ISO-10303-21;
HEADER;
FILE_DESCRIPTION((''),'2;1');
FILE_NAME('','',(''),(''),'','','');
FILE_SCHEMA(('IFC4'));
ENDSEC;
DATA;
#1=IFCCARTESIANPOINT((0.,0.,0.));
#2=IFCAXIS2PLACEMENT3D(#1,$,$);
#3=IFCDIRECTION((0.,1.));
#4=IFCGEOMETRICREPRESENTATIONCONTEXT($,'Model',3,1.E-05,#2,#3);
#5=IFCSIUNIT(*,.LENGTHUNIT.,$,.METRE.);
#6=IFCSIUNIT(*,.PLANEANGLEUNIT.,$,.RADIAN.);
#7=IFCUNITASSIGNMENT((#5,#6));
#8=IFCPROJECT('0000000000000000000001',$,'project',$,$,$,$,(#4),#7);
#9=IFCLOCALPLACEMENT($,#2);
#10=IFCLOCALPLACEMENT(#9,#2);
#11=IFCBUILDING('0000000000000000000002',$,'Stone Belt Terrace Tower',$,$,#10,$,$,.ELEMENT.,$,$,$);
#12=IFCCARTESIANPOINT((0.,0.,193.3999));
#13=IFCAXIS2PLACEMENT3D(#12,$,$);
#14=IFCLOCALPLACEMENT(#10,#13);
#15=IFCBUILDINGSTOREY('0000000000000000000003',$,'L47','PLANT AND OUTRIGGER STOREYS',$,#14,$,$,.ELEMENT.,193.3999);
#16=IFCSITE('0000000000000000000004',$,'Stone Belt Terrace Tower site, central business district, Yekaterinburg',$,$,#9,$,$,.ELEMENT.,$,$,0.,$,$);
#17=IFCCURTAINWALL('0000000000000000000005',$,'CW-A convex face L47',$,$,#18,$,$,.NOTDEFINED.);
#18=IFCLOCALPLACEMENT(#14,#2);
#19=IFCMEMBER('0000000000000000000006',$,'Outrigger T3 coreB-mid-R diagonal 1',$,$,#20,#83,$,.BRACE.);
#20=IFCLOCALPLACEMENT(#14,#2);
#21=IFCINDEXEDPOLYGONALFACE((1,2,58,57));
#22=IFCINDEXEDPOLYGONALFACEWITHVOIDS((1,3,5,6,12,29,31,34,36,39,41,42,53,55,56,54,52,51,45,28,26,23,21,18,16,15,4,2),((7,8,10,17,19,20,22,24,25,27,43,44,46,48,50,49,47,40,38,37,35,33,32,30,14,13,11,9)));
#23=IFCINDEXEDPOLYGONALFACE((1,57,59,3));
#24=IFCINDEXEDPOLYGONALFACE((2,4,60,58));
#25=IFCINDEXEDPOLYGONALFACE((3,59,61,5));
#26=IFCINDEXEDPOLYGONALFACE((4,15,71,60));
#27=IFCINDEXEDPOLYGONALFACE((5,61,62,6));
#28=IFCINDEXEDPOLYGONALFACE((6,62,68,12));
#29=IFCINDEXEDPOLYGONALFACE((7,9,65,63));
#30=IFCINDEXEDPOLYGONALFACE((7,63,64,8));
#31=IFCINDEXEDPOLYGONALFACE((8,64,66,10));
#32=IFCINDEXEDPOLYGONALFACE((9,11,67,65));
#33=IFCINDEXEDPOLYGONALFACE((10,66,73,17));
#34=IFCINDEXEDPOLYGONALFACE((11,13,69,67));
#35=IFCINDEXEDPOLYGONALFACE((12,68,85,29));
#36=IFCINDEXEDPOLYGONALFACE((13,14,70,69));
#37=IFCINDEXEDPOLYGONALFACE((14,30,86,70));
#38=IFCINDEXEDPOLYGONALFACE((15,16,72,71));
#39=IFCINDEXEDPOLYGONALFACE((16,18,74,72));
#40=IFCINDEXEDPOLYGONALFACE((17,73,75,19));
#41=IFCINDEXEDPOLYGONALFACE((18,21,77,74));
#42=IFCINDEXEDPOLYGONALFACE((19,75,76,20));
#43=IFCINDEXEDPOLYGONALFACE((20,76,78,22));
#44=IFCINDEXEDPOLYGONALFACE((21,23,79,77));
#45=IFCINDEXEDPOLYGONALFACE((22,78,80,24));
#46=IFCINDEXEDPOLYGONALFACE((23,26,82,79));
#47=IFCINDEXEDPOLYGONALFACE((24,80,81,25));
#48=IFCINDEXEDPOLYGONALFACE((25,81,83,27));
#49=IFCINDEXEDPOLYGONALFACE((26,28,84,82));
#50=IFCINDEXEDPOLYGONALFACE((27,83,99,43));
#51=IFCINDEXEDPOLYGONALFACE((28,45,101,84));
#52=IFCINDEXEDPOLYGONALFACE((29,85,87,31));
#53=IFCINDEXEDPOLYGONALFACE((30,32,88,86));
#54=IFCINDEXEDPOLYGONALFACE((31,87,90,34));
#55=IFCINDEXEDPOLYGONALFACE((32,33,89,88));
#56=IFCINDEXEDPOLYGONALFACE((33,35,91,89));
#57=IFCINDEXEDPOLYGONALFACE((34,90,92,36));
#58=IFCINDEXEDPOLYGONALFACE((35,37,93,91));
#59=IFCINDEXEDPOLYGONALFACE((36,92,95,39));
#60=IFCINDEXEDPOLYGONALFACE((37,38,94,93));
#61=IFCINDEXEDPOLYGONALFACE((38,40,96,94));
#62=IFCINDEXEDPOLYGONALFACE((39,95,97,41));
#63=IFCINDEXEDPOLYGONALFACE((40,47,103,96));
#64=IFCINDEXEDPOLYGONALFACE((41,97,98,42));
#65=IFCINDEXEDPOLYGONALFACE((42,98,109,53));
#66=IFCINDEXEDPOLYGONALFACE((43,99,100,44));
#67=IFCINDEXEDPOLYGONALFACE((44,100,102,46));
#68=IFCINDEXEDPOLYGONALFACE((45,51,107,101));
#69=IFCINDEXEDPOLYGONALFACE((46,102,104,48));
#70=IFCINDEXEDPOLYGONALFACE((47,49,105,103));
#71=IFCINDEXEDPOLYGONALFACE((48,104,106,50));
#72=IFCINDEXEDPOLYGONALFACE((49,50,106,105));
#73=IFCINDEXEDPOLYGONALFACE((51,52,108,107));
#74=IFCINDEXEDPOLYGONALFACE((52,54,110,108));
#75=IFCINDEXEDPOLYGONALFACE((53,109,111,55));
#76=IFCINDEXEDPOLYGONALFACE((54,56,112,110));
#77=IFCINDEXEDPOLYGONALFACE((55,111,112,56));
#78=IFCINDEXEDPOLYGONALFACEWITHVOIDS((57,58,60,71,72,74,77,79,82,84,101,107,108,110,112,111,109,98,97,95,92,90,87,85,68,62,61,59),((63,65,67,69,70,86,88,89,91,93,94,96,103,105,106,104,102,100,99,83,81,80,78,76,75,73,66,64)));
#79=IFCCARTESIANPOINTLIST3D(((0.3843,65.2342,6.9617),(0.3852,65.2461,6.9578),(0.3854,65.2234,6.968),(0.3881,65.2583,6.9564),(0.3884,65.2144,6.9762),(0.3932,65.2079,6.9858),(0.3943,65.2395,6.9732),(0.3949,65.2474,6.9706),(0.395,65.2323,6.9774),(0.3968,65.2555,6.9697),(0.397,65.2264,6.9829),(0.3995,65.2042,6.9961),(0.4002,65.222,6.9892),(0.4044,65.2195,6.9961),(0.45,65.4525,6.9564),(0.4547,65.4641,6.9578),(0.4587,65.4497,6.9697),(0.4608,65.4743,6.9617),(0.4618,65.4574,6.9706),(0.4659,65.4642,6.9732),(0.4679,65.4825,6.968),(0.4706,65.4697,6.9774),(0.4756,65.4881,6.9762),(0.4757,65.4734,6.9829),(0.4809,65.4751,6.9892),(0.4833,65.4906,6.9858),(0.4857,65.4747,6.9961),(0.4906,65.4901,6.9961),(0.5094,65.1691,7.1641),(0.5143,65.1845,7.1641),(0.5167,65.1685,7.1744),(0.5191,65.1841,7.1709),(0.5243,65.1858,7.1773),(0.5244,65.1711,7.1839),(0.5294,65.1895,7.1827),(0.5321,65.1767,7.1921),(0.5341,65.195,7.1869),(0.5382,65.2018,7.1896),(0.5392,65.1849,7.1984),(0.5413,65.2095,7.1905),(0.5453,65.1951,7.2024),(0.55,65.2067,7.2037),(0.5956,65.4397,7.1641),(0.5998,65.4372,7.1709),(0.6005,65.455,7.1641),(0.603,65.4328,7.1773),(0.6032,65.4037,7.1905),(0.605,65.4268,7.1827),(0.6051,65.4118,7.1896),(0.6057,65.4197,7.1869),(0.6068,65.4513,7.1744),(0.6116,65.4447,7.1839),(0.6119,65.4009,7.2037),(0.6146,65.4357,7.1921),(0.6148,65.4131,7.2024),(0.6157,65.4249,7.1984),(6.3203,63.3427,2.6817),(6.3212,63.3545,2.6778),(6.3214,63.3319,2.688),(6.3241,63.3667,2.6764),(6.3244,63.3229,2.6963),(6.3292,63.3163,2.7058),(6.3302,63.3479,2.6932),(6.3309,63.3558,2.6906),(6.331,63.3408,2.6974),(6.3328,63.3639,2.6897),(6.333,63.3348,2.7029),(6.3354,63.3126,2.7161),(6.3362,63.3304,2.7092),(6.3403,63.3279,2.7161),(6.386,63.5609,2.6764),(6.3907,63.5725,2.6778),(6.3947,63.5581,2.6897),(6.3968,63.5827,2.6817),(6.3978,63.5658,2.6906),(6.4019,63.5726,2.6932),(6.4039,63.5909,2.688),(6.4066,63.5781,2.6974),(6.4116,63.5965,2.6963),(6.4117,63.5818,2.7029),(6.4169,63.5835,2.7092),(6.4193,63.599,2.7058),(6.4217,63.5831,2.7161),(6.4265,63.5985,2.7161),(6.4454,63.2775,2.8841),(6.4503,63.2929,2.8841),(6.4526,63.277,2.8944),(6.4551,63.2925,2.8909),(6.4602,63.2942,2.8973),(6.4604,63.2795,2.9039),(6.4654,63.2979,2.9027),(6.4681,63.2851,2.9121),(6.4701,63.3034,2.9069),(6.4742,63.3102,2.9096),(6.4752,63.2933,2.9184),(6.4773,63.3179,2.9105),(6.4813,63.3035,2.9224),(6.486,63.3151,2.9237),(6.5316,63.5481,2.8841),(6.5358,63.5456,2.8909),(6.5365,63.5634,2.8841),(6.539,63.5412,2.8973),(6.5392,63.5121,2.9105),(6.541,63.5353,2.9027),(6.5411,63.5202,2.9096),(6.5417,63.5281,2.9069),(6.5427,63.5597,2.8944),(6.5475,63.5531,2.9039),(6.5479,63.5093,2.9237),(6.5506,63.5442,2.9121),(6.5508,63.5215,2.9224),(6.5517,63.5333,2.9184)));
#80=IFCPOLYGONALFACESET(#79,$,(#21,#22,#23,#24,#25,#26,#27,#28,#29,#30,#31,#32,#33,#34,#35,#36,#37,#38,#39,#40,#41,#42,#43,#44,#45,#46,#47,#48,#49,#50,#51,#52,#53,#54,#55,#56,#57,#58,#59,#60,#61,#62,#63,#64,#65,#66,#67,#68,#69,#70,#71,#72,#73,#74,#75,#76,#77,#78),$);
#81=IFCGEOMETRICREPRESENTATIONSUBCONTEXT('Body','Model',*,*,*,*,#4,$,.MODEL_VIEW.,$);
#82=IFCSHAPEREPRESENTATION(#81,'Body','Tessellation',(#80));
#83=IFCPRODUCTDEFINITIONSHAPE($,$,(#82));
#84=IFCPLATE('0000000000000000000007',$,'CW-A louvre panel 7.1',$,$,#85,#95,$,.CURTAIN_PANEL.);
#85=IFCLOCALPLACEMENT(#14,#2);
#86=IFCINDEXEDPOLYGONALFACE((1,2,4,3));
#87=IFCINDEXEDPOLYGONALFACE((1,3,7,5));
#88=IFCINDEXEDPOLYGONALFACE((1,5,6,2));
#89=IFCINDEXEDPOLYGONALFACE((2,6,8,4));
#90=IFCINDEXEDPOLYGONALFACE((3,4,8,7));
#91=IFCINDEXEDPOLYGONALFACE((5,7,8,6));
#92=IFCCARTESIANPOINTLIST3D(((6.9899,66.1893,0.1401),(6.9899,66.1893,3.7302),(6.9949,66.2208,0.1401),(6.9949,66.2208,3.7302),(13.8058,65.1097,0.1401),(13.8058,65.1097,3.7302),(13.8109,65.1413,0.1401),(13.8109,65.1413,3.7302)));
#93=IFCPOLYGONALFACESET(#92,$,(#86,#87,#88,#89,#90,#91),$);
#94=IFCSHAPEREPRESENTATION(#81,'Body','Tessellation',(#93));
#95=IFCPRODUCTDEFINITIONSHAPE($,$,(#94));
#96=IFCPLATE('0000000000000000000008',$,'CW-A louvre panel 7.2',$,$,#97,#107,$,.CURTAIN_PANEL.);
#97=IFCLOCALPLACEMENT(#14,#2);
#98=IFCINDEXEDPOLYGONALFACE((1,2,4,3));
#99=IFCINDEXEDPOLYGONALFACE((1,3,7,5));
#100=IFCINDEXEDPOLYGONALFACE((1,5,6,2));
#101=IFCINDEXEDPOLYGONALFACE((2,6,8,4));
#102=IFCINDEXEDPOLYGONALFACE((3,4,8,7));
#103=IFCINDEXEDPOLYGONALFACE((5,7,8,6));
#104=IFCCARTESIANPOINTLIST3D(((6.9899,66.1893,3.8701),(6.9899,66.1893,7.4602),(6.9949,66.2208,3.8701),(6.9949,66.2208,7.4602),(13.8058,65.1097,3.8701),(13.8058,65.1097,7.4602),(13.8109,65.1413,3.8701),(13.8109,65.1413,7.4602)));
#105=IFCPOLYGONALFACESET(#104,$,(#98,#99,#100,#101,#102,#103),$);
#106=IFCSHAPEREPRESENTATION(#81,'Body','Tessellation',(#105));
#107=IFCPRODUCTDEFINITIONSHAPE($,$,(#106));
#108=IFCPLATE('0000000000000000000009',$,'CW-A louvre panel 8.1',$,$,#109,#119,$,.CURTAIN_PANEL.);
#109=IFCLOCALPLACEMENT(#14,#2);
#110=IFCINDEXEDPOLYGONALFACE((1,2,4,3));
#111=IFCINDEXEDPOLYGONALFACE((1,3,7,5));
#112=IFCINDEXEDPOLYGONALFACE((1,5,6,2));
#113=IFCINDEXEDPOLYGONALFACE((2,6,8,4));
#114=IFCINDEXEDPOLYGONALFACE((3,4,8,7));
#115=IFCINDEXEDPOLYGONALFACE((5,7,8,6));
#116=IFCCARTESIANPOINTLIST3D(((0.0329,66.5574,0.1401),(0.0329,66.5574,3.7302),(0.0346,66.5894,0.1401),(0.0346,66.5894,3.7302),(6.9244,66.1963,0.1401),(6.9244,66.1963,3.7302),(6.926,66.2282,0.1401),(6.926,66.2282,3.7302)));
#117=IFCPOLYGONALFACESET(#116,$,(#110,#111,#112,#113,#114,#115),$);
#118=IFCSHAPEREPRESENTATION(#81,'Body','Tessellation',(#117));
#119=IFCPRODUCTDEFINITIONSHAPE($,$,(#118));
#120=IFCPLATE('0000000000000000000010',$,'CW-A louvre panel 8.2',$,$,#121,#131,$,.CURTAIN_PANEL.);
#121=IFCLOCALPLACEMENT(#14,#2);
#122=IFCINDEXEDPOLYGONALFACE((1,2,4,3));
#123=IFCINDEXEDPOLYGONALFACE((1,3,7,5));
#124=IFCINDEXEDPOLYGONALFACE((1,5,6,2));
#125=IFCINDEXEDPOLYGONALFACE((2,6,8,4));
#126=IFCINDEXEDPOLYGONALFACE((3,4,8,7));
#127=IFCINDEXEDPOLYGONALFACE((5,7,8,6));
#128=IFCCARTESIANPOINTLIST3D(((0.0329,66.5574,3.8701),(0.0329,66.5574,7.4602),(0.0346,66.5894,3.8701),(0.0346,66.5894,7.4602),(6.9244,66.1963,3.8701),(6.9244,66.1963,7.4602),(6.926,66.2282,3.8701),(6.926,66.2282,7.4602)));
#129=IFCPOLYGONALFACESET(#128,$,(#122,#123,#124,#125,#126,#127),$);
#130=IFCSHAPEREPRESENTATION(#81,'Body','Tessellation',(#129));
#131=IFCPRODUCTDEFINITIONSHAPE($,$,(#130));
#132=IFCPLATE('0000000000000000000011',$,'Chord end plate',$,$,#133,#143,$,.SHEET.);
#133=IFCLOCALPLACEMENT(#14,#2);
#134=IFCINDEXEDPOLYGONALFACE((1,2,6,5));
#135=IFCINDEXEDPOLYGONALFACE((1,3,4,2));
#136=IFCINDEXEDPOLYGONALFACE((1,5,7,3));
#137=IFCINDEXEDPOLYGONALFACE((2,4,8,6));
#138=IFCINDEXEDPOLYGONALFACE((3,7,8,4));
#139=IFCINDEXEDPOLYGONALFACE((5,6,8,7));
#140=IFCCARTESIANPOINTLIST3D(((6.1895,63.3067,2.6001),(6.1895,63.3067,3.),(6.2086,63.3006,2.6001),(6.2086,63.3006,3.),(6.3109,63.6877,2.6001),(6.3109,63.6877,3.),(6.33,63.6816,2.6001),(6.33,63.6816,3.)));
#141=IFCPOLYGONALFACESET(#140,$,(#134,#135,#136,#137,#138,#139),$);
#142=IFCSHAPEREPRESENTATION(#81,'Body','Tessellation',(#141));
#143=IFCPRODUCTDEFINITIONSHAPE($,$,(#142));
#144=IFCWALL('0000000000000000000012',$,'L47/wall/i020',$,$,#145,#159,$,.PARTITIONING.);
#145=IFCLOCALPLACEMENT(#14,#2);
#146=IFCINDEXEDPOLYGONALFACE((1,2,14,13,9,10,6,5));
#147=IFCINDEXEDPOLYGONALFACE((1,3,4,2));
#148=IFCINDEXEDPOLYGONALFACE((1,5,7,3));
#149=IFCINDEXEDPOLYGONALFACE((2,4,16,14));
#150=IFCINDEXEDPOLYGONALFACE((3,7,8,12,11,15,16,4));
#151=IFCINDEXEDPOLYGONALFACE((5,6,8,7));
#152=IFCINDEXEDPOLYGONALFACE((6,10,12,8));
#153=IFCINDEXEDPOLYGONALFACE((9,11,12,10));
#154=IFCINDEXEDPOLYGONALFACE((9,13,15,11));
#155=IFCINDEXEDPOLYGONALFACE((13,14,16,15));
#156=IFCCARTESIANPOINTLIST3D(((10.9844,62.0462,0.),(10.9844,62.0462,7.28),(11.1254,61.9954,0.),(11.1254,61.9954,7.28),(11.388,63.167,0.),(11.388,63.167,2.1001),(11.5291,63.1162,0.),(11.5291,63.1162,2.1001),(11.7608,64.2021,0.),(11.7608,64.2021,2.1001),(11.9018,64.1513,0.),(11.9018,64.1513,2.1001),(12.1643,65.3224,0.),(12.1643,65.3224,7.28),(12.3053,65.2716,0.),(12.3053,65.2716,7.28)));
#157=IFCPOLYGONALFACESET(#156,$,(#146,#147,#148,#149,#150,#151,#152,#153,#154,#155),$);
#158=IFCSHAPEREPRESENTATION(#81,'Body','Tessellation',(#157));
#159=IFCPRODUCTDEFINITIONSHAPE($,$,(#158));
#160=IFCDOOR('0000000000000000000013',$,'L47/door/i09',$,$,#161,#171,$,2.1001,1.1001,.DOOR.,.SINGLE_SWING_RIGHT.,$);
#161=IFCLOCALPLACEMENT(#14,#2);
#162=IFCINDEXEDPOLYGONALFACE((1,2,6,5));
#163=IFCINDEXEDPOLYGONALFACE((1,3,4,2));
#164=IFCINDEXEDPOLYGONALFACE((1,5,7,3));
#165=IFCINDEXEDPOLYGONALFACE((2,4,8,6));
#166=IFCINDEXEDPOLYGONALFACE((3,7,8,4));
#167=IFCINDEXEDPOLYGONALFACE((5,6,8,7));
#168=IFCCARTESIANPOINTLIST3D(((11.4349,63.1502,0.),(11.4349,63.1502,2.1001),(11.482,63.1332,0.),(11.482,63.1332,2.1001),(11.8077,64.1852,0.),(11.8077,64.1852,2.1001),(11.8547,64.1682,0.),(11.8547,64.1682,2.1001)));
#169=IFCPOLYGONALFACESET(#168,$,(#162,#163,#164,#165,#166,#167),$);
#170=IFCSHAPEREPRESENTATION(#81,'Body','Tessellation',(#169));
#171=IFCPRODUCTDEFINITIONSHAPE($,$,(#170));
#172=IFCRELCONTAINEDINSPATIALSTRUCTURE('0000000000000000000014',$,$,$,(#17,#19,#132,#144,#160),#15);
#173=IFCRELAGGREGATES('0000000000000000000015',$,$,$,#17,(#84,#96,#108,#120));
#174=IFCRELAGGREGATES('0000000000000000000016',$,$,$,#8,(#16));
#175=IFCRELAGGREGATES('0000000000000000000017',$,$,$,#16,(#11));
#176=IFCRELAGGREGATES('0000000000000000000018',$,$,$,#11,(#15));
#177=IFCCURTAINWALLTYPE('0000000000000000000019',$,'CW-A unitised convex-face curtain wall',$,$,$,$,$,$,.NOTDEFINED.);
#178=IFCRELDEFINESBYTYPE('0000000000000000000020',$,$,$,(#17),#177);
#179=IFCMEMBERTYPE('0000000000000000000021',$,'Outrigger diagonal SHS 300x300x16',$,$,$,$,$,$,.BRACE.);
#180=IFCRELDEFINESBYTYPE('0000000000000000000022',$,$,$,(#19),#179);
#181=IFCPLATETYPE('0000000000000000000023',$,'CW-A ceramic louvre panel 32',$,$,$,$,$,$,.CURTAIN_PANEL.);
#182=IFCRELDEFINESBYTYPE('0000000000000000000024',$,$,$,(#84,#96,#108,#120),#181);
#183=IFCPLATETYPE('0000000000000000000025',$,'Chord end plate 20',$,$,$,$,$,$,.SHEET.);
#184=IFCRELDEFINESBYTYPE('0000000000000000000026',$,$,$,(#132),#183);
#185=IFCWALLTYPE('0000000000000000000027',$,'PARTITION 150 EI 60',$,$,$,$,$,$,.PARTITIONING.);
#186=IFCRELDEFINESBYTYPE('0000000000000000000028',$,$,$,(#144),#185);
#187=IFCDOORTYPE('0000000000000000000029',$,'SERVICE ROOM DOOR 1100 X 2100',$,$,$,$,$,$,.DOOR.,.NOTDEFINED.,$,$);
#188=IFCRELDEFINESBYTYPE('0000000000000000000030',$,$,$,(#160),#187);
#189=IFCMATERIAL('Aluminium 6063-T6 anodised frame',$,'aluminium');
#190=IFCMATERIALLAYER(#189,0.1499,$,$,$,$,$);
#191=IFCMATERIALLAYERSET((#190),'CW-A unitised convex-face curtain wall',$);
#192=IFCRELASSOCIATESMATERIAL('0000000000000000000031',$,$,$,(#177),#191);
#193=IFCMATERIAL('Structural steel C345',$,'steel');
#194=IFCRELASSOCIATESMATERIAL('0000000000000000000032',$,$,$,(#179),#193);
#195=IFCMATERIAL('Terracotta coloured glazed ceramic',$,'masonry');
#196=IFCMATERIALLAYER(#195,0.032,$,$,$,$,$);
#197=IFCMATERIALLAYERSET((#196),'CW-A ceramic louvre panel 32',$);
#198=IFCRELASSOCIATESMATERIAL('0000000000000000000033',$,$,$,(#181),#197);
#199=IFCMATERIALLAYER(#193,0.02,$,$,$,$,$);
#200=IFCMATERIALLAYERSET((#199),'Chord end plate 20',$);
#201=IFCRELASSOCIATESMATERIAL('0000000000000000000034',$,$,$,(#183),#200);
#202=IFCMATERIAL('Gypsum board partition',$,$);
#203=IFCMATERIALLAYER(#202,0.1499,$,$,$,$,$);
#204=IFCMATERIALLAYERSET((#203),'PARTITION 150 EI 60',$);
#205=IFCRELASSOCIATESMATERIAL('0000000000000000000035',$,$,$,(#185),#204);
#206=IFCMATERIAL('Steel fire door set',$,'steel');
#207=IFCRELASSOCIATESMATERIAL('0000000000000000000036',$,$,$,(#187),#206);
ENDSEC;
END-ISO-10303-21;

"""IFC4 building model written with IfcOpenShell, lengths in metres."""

from ifc_helpers import new_model, si_unit, direction, frame, frame_2d, origin, origin_2d, place, context, subcontext, project, spatial, rectangle, hollow_rectangle, extrude, material, layer, layer_set, material_profile, profile_set, type_object, element, fill, aggregate, save


model = new_model("IFC4")

# Units and contexts
model_context = context("Model", 3, precision=1e-05, world=origin(), true_north=direction((0.0, 1.0)))
body_context = subcontext(model_context, "Body", "Model", "MODEL_VIEW")
ifc_project = project(units=[si_unit("LENGTHUNIT", "METRE"), si_unit("PLANEANGLEUNIT", "RADIAN")], contexts=[model_context])

# Site, building, storey
site_placement = place(None, origin())
site = spatial("IfcSite", under=ifc_project, at=site_placement, Name="Stone Belt Terrace Tower site, central business district, Yekaterinburg", CompositionType="ELEMENT", RefElevation=0.0)
building_placement = place(site_placement, origin())
building = spatial("IfcBuilding", under=site, at=building_placement, Name="Stone Belt Terrace Tower", CompositionType="ELEMENT")
storey_placement = place(building_placement, frame((0.0, 0.0, 193.3999)))
storey = spatial("IfcBuildingStorey", under=building, at=storey_placement, Name="L47", Description="PLANT AND OUTRIGGER STOREYS", CompositionType="ELEMENT", Elevation=193.3999)

# Shared definitions
ifc_material_1 = material(Name="Structural steel C345", Category="steel")

# Curtain wall
ifc_material_2 = material(Name="Aluminium 6063-T6 anodised frame", Category="aluminium")
ifc_layer_1 = layer(ifc_material_2, 0.1499)
ifc_layer_set_1 = layer_set([ifc_layer_1], Name="CW-A unitised convex-face curtain wall")
curtain_wall_type = type_object("IfcCurtainWallType", Name="CW-A unitised convex-face curtain wall", PredefinedType="NOTDEFINED", material=ifc_layer_set_1)
curtain_wall_placement = place(storey_placement, origin())
curtain_wall = element("IfcCurtainWall", 1, at=curtain_wall_placement, inside=storey, type_object=curtain_wall_type, Name="CW-A convex face L47", PredefinedType="NOTDEFINED")

# Member
ifc_material_profile_1 = material_profile(ifc_material_1, hollow_rectangle(XDim=0.3, YDim=0.3, WallThickness=0.0161, InnerFilletRadius=0.032, OuterFilletRadius=0.0481, at=origin_2d()), Name="SHS 300x300x16")
ifc_profile_set_1 = profile_set([ifc_material_profile_1], Name="Structural steel C345")
member_type_1 = type_object("IfcMemberType", Name="Outrigger diagonal SHS 300x300x16", PredefinedType="BRACE", material=ifc_profile_set_1)
member_1_placement = place(storey_placement, frame((0.5, 65.3296, 7.0801), z_axis=(0.785329, -0.250256, -0.566242), x_axis=(0.303621, 0.952793, 0.0)))
element("IfcMember", 2, at=member_1_placement, inside=storey, type_object=member_type_1, Name="Outrigger T3 coreB-mid-R diagonal 1", PredefinedType="BRACE", context=body_context, shape_type="SweptSolid", body=[
    extrude(hollow_rectangle(XDim=0.3, YDim=0.3, WallThickness=0.0161, InnerFilletRadius=0.032, OuterFilletRadius=0.0481, at=origin_2d()), origin(), (0.0, 0.0, 1.0), 7.5586),
])

# Plates
ifc_material_3 = material(Name="Terracotta coloured glazed ceramic", Category="masonry")
ifc_layer_2 = layer(ifc_material_3, 0.032)
ifc_layer_set_2 = layer_set([ifc_layer_2], Name="CW-A ceramic louvre panel 32")
plate_type_1 = type_object("IfcPlateType", Name="CW-A ceramic louvre panel 32", PredefinedType="CURTAIN_PANEL", material=ifc_layer_set_2)
plate_1_placement = place(storey_placement, frame((10.4004, 65.6653, 0.1401), z_axis=(0.0, 0.0, 1.0), x_axis=(-0.987688, 0.156434, 0.0)))
plate_1 = element("IfcPlate", 3, at=plate_1_placement, type_object=plate_type_1, Name="CW-A louvre panel 7.1", PredefinedType="CURTAIN_PANEL", context=body_context, shape_type="SweptSolid", body=[
    extrude(rectangle(XDim=6.9009, YDim=0.032, at=origin_2d()), origin(), (0.0, 0.0, 1.0), 3.5901),
])
plate_2_placement = place(storey_placement, frame((10.4004, 65.6653, 3.8701), z_axis=(0.0, 0.0, 1.0), x_axis=(-0.987688, 0.156434, 0.0)))
plate_2 = element("IfcPlate", 4, at=plate_2_placement, type_object=plate_type_1, Name="CW-A louvre panel 7.2", PredefinedType="CURTAIN_PANEL", context=body_context, shape_type="SweptSolid", body=[
    extrude(rectangle(XDim=6.9009, YDim=0.032, at=origin_2d()), origin(), (0.0, 0.0, 1.0), 3.5901),
])
plate_3_placement = place(storey_placement, frame((3.4795, 66.3928, 0.1401), z_axis=(0.0, 0.0, 1.0), x_axis=(-0.99863, 0.052336, 0.0)))
plate_3 = element("IfcPlate", 5, at=plate_3_placement, type_object=plate_type_1, Name="CW-A louvre panel 8.1", PredefinedType="CURTAIN_PANEL", context=body_context, shape_type="SweptSolid", body=[
    extrude(rectangle(XDim=6.9009, YDim=0.032, at=origin_2d()), origin(), (0.0, 0.0, 1.0), 3.5901),
])
plate_4_placement = place(storey_placement, frame((3.4795, 66.3928, 3.8701), z_axis=(0.0, 0.0, 1.0), x_axis=(-0.99863, 0.052336, 0.0)))
plate_4 = element("IfcPlate", 6, at=plate_4_placement, type_object=plate_type_1, Name="CW-A louvre panel 8.2", PredefinedType="CURTAIN_PANEL", context=body_context, shape_type="SweptSolid", body=[
    extrude(rectangle(XDim=6.9009, YDim=0.032, at=origin_2d()), origin(), (0.0, 0.0, 1.0), 3.5901),
])
aggregate(curtain_wall, [plate_1, plate_2, plate_3, plate_4])
ifc_layer_3 = layer(ifc_material_1, 0.02)
ifc_layer_set_3 = layer_set([ifc_layer_3], Name="Chord end plate 20")
plate_type_2 = type_object("IfcPlateType", Name="Chord end plate 20", PredefinedType="SHEET", material=ifc_layer_set_3)
plate_5_placement = place(storey_placement, frame((6.2598, 63.4941, 2.6001), z_axis=(0.0, 0.0, 1.0), x_axis=(0.952799, -0.303602, 0.0)))
element("IfcPlate", 7, at=plate_5_placement, inside=storey, type_object=plate_type_2, Name="Chord end plate", PredefinedType="SHEET", context=body_context, shape_type="SweptSolid", body=[
    extrude(rectangle(XDim=0.02, YDim=0.3999, at=origin_2d()), origin(), (0.0, 0.0, 1.0), 0.3999),
])

# Wall, opening, door
ifc_material_4 = material(Name="Gypsum board partition")
ifc_layer_4 = layer(ifc_material_4, 0.1499)
ifc_layer_set_4 = layer_set([ifc_layer_4], Name="PARTITION 150 EI 60")
wall_type = type_object("IfcWallType", Name="PARTITION 150 EI 60", PredefinedType="PARTITIONING", material=ifc_layer_set_4)
wall_placement = place(storey_placement, frame((12.2349, 65.2971, 0.0), z_axis=(0.0, 0.0, 1.0), x_axis=(-0.338854, -0.940839, 0.0)))
wall = element("IfcWall", 8, at=wall_placement, inside=storey, type_object=wall_type, Name="L47/wall/i020", PredefinedType="PARTITIONING", context=body_context, shape_type="SweptSolid", body=[
    extrude(rectangle(XDim=3.4822, YDim=0.1499, at=frame_2d((1.7412, 0.0))), origin(), (0.0, 0.0, 1.0), 7.28),
])
opening_placement = place(wall_placement, frame((1.1909, 0.0, 0.0)))
opening = element("IfcOpeningElement", 9, at=opening_placement, cuts=wall, PredefinedType="OPENING", context=body_context, shape_type="SweptSolid", body=[
    extrude(rectangle(XDim=1.1001, YDim=2.1001, at=frame_2d((0.55, 1.05))), frame((0.0, 0.085, 0.0), z_axis=(0.0, -1.0, 0.0), x_axis=(1.0, 0.0, 0.0)), (0.0, 0.0, 1.0), 0.1699),
])
ifc_material_5 = material(Name="Steel fire door set", Category="steel")
door_type = type_object("IfcDoorType", Name="SERVICE ROOM DOOR 1100 X 2100", OperationType="NOTDEFINED", PredefinedType="DOOR", material=ifc_material_5)
door_placement = place(opening_placement, origin())
door = element("IfcDoor", 10, at=door_placement, inside=storey, type_object=door_type, Name="L47/door/i09", OperationType="SINGLE_SWING_RIGHT", OverallHeight=2.1001, OverallWidth=1.1001, PredefinedType="DOOR", context=body_context, shape_type="SweptSolid", body=[
    extrude(rectangle(XDim=1.1001, YDim=2.1001, at=frame_2d((0.55, 1.05))), frame((0.0, 0.0249, 0.0), z_axis=(0.0, -1.0, 0.0), x_axis=(1.0, 0.0, 0.0)), (0.0, 0.0, 1.0), 0.05),
])
fill(opening, door)

save(model, "model.ifc")
